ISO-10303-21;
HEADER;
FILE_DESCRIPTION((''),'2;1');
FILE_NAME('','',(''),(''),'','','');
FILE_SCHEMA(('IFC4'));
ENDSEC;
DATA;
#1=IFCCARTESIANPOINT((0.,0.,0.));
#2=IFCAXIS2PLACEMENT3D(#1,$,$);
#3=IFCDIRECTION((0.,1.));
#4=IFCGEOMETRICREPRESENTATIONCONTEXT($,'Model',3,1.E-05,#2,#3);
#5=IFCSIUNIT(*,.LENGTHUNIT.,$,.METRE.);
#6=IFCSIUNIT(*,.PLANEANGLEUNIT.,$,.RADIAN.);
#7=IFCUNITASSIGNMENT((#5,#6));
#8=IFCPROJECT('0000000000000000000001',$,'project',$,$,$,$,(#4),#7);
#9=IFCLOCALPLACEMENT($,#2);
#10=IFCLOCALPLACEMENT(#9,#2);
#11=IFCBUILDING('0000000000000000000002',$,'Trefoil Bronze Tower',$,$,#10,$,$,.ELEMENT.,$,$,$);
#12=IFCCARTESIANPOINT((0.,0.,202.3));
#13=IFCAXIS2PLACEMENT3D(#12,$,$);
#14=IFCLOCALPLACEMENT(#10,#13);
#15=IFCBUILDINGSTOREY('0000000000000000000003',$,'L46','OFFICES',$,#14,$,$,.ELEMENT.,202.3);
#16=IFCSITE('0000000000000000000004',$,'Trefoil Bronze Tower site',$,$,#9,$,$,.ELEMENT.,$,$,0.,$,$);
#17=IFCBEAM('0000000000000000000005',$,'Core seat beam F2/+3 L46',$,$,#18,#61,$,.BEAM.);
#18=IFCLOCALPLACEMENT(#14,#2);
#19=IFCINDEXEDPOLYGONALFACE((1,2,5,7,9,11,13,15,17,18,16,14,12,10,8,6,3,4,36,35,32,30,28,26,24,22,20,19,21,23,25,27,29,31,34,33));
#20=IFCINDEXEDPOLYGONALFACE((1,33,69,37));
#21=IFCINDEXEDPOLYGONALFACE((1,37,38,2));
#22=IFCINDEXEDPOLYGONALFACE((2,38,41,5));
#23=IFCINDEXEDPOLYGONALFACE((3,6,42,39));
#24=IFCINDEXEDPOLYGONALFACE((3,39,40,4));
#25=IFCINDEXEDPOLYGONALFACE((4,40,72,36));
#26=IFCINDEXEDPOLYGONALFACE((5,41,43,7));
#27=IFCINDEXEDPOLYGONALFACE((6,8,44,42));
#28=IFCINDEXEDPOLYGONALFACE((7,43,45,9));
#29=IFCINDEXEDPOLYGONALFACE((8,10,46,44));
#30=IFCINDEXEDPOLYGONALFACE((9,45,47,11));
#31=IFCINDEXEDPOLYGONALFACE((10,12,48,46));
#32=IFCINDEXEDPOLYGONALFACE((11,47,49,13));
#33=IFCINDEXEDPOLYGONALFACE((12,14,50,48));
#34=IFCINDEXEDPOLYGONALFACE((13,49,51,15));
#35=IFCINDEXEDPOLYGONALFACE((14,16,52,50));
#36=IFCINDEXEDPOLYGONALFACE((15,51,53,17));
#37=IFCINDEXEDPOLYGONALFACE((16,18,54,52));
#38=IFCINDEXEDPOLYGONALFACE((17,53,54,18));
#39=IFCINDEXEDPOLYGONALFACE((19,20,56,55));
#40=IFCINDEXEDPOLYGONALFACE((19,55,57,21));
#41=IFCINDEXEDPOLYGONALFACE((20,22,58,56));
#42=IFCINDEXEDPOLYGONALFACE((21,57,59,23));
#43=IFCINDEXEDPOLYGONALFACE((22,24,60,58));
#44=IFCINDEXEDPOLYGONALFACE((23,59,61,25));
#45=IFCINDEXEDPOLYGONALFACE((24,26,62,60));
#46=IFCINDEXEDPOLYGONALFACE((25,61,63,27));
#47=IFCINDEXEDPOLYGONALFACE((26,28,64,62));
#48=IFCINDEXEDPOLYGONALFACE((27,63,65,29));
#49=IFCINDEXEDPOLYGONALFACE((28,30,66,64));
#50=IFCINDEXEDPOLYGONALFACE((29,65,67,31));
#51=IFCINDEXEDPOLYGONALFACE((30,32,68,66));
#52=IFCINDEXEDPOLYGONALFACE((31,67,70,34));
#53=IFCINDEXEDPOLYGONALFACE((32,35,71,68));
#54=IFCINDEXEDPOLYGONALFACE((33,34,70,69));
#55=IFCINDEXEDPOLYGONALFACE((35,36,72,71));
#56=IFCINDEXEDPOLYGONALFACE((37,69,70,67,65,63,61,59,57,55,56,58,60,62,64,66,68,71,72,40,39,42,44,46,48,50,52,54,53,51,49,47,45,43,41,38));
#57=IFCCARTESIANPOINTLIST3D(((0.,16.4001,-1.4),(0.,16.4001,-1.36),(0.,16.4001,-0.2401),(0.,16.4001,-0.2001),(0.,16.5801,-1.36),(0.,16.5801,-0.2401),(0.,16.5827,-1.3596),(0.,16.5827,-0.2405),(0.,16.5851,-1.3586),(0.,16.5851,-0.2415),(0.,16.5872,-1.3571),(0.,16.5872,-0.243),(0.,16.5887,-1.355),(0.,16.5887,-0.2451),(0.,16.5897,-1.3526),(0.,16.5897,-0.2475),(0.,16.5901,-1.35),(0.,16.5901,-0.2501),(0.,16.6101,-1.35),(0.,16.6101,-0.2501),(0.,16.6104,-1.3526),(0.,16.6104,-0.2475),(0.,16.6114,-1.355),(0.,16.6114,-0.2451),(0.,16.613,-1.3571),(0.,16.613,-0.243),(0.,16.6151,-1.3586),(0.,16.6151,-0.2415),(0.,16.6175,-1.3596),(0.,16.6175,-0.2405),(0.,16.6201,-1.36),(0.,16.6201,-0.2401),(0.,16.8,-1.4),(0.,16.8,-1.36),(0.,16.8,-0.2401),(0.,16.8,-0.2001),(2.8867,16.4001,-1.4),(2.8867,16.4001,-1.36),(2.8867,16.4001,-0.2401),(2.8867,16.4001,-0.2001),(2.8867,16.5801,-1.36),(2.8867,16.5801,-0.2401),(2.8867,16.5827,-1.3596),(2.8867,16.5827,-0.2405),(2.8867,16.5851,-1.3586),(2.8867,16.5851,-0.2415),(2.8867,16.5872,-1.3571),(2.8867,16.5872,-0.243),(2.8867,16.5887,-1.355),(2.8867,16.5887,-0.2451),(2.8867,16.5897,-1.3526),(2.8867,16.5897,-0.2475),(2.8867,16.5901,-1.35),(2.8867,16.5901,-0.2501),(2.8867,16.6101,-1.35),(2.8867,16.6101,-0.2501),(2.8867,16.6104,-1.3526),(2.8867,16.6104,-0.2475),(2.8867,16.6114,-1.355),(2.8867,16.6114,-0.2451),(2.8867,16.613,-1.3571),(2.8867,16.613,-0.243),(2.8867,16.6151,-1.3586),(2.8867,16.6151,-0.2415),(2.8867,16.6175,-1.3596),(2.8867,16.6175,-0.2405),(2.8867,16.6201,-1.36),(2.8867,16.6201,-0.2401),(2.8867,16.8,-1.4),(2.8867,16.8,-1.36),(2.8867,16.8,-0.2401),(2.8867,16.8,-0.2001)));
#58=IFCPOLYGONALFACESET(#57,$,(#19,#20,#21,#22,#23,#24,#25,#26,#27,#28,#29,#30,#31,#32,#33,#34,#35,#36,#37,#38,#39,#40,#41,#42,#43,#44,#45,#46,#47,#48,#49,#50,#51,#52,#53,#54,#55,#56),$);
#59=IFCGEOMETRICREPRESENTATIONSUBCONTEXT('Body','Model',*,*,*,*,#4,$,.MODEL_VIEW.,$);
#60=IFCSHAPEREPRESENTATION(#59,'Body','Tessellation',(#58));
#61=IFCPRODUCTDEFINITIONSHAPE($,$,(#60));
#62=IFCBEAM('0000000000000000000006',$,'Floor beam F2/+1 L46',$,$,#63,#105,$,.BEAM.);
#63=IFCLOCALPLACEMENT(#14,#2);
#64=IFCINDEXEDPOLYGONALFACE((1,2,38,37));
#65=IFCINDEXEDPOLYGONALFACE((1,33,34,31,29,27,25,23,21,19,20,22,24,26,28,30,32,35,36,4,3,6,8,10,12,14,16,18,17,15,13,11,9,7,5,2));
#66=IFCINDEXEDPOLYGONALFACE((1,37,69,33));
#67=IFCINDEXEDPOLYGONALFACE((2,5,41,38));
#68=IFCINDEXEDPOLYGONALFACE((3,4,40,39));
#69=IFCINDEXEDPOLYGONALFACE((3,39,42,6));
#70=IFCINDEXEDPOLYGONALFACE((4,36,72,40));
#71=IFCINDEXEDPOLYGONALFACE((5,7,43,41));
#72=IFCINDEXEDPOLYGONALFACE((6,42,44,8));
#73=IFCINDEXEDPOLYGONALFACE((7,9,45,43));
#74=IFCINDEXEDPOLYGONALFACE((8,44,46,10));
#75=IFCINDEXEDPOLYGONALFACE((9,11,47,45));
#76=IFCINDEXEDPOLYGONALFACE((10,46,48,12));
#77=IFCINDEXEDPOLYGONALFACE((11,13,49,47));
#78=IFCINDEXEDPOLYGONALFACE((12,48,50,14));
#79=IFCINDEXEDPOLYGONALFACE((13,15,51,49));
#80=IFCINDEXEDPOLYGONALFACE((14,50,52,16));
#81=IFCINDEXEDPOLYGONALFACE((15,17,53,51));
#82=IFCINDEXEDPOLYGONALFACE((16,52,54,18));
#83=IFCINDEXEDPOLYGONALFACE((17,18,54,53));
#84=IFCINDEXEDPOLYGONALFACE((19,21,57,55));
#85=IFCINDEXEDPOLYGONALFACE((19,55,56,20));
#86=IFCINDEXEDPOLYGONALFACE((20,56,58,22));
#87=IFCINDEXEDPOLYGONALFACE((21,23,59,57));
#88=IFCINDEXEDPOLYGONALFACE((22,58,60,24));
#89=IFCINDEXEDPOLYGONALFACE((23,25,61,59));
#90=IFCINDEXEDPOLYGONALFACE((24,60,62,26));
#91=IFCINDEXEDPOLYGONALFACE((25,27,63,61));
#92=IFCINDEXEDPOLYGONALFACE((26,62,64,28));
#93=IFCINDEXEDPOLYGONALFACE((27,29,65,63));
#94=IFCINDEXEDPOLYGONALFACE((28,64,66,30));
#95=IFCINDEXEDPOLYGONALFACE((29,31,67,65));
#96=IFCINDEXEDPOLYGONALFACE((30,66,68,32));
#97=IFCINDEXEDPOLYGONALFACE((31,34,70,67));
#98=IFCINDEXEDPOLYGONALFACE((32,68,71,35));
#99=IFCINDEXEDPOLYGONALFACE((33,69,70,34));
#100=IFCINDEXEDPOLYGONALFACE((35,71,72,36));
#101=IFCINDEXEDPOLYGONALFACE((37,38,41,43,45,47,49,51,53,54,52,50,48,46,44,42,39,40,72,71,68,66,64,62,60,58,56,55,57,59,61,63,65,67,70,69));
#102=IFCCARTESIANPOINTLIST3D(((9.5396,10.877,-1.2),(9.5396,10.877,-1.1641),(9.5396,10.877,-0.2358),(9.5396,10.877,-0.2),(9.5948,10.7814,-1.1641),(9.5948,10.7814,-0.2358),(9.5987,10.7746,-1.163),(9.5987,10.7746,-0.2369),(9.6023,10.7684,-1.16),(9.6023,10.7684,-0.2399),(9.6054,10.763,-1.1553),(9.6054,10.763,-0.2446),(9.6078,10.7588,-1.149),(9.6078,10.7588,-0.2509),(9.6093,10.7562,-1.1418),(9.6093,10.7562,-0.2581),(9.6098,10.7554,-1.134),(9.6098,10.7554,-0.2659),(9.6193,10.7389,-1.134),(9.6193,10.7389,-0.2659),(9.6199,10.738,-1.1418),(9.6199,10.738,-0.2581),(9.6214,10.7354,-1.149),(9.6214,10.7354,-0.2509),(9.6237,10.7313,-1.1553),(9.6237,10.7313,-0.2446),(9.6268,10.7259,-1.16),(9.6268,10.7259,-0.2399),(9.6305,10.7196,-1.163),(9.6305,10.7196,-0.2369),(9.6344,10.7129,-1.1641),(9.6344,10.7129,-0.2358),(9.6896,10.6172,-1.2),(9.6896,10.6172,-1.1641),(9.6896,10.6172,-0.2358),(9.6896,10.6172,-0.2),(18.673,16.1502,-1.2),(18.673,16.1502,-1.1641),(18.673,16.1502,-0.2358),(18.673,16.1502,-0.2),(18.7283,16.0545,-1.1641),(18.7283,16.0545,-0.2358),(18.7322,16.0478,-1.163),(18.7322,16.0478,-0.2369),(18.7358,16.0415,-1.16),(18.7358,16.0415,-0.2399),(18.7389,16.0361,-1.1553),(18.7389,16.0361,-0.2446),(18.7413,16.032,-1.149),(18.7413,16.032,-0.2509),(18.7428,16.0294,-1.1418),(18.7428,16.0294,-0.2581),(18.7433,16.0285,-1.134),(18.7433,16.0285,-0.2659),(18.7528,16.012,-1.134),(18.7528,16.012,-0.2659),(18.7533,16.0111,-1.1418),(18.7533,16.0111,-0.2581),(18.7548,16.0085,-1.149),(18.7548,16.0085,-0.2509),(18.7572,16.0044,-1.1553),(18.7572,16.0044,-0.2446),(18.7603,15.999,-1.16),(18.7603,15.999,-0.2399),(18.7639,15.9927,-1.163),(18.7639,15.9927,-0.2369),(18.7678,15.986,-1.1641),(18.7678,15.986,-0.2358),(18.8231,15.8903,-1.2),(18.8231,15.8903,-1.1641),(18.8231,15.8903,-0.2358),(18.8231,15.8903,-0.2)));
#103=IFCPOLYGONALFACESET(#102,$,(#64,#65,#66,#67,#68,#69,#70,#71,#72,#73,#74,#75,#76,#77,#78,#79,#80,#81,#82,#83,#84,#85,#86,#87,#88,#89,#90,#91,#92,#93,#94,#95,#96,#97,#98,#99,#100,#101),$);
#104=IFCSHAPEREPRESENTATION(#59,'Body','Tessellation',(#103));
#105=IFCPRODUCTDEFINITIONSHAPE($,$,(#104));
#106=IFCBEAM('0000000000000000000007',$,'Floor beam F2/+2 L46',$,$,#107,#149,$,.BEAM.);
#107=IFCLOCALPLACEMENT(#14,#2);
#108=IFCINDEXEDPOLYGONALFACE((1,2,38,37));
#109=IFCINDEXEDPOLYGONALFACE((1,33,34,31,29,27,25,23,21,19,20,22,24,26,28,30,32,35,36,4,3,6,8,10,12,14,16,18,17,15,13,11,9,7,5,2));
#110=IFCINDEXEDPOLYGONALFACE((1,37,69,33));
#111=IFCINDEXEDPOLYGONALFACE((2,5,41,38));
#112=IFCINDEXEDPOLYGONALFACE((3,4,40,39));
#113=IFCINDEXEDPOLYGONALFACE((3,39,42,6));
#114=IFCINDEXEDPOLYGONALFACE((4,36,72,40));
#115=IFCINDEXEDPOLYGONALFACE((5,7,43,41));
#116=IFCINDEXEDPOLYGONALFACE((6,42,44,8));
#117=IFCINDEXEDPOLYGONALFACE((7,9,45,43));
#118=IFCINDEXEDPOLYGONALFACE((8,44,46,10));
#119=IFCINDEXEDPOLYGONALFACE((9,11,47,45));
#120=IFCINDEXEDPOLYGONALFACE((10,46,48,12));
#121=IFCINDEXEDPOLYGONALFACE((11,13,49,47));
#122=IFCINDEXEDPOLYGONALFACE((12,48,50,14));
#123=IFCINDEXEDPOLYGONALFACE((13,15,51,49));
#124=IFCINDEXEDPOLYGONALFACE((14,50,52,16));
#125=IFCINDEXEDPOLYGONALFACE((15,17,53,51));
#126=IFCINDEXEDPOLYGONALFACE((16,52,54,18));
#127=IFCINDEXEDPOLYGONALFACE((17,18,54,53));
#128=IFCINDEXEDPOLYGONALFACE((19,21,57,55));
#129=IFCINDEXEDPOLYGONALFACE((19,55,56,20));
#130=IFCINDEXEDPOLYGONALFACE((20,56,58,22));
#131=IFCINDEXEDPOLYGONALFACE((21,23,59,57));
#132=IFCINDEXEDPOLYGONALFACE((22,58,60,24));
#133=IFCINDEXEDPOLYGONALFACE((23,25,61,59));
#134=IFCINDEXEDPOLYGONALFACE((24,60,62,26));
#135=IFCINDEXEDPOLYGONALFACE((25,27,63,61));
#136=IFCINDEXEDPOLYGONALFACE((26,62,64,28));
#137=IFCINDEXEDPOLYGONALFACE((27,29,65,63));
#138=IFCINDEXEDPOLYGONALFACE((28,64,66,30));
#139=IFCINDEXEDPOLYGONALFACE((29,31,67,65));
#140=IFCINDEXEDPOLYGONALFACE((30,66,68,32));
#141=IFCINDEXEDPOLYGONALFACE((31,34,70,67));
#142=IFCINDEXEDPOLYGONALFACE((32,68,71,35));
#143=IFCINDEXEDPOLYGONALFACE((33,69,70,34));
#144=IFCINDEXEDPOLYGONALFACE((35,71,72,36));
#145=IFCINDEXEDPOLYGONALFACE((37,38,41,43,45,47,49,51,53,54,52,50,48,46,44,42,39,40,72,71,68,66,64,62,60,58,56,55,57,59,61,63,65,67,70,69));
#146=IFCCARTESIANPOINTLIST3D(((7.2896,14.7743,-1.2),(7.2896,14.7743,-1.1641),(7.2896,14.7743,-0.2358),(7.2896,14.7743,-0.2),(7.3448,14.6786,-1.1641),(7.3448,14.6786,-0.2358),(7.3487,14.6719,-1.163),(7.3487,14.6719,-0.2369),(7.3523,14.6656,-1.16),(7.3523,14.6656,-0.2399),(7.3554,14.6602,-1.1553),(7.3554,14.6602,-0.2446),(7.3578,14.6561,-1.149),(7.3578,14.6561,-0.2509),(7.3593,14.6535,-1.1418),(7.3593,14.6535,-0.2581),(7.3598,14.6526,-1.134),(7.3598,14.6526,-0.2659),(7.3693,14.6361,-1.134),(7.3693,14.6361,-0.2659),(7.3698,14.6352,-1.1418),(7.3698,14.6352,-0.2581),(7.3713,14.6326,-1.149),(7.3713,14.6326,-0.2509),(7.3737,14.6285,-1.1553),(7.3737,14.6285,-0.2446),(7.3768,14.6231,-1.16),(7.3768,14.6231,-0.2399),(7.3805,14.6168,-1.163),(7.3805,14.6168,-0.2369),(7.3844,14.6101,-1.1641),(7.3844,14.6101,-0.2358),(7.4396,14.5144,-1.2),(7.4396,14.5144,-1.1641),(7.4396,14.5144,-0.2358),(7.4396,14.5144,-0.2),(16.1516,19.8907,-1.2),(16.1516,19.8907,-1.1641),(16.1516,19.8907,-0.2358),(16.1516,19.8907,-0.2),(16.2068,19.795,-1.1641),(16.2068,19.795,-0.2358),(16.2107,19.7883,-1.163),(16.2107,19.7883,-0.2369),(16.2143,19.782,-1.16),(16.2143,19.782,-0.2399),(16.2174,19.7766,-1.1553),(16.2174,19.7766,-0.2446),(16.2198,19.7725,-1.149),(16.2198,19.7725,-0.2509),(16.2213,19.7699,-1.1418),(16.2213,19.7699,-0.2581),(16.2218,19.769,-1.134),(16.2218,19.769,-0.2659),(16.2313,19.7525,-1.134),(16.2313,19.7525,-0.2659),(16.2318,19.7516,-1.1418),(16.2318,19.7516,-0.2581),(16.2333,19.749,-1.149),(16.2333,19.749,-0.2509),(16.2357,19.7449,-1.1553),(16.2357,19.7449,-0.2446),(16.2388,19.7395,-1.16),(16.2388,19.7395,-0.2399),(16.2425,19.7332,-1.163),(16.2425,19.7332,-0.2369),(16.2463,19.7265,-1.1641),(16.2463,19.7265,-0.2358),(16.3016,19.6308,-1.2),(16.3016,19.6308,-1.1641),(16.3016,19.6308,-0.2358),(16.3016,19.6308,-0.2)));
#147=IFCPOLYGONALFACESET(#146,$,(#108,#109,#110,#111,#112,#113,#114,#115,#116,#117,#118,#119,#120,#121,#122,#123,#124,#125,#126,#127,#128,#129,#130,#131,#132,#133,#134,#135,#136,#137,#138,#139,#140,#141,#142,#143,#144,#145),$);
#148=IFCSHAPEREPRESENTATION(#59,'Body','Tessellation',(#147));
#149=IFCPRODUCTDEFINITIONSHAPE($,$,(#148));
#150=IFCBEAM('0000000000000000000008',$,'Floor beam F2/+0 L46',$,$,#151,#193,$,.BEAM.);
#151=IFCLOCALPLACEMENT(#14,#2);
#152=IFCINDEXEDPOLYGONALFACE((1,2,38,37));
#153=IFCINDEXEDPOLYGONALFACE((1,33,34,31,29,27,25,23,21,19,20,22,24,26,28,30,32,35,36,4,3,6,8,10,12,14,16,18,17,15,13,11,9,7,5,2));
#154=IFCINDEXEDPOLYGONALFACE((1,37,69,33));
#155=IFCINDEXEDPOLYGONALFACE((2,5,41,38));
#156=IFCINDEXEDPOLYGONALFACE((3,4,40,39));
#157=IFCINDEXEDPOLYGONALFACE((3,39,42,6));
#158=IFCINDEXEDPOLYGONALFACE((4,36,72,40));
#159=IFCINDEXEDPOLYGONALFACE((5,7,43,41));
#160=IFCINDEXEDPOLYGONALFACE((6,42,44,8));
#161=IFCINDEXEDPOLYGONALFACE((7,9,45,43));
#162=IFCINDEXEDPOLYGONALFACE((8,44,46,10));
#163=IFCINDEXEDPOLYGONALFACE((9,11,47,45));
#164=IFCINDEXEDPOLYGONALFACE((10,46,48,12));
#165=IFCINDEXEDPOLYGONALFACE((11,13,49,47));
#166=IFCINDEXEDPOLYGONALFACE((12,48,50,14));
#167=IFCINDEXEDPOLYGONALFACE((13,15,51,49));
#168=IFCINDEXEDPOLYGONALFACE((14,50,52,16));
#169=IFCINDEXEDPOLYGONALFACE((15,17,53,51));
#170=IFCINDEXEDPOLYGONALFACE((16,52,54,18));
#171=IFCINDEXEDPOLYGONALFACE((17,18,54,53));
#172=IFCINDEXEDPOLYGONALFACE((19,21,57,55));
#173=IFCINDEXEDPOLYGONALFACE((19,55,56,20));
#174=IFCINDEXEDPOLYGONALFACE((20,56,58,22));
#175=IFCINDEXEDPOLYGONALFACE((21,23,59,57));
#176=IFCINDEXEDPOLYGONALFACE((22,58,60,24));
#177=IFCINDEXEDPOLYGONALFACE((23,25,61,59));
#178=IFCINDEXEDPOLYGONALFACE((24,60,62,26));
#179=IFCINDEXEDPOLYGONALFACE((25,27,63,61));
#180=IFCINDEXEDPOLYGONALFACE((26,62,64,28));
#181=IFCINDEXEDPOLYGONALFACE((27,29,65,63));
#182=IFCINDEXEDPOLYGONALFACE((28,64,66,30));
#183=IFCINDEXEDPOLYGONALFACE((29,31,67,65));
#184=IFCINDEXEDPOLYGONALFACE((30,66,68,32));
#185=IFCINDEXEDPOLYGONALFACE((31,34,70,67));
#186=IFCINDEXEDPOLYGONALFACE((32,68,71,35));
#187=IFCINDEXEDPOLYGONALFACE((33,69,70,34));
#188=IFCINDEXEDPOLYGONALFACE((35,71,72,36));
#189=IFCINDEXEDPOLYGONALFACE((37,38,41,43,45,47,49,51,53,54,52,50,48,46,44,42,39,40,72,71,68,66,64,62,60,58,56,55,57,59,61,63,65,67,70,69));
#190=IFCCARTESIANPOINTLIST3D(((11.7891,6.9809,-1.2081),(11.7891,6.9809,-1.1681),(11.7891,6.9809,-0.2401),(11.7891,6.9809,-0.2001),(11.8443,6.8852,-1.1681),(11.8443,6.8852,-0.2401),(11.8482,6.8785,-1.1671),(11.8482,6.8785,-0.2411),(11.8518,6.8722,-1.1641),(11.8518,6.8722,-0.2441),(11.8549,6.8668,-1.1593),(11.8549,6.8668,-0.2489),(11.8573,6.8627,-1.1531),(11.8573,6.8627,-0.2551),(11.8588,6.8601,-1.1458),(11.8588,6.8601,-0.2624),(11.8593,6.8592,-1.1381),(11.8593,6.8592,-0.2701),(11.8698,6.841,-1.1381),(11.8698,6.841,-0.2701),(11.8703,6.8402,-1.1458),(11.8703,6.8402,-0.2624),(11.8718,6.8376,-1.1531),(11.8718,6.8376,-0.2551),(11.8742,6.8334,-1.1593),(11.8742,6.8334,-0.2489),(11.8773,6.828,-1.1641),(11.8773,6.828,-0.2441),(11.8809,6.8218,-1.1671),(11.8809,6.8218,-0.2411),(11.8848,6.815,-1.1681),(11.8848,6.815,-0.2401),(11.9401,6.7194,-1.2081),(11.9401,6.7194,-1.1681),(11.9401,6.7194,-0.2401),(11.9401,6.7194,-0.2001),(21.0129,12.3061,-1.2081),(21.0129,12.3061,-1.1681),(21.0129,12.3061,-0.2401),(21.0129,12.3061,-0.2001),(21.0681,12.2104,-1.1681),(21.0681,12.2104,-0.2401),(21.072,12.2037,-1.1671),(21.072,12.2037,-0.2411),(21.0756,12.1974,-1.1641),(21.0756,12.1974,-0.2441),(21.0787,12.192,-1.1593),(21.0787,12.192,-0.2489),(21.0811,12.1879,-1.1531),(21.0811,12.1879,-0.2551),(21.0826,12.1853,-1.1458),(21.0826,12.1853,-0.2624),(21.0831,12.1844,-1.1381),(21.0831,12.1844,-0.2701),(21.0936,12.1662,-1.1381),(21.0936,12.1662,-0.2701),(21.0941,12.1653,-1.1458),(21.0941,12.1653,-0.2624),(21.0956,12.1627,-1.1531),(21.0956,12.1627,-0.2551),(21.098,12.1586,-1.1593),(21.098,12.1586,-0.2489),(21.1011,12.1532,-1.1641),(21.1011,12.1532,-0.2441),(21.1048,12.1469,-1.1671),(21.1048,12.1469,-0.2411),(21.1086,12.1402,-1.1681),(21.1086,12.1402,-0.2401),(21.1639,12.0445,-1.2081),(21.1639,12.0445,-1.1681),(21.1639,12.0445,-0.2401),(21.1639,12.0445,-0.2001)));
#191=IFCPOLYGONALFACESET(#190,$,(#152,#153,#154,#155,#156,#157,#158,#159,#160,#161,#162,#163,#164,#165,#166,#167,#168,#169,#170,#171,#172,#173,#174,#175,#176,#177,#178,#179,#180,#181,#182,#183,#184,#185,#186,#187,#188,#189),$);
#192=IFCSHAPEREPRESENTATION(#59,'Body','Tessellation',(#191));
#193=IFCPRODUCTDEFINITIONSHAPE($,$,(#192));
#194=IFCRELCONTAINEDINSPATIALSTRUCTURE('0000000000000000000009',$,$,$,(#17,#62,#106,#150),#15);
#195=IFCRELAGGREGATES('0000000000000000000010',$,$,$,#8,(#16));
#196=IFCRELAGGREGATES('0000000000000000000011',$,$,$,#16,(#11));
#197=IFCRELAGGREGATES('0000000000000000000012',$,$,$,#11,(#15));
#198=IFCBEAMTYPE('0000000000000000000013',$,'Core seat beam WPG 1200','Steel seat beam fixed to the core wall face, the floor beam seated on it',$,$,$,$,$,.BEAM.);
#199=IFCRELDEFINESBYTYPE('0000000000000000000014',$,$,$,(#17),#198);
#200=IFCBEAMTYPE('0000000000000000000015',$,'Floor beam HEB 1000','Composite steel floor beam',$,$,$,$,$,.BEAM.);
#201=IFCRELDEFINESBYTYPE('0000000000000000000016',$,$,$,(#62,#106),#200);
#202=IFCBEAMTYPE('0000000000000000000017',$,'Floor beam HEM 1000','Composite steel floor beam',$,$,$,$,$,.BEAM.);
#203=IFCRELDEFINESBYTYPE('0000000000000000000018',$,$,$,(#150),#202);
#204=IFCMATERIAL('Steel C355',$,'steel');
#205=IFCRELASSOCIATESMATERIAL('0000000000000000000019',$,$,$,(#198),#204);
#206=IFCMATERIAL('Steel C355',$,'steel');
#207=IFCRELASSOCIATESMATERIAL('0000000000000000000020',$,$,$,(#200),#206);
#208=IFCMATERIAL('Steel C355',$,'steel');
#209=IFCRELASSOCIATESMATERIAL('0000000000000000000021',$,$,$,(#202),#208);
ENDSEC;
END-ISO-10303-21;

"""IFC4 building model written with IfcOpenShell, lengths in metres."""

from ifc_helpers import new_model, si_unit, direction, frame, origin, origin_2d, place, context, subcontext, project, spatial, i_section, extrude, material, material_profile, profile_set, type_object, element, save


model = new_model("IFC4")

# Units and contexts
model_context = context("Model", 3, precision=1e-05, world=origin(), true_north=direction((0.0, 1.0)))
body_context = subcontext(model_context, "Body", "Model", "MODEL_VIEW")
ifc_project = project(units=[si_unit("LENGTHUNIT", "METRE"), si_unit("PLANEANGLEUNIT", "RADIAN")], contexts=[model_context])

# Site, building, storey
site_placement = place(None, origin())
site = spatial("IfcSite", under=ifc_project, at=site_placement, Name="Trefoil Bronze Tower site", CompositionType="ELEMENT", RefElevation=0.0)
building_placement = place(site_placement, origin())
building = spatial("IfcBuilding", under=site, at=building_placement, Name="Trefoil Bronze Tower", CompositionType="ELEMENT")
storey_placement = place(building_placement, frame((0.0, 0.0, 202.3)))
storey = spatial("IfcBuildingStorey", under=building, at=storey_placement, Name="L46", Description="OFFICES", CompositionType="ELEMENT", Elevation=202.3)

# Beams
ifc_material_1 = material(Name="Steel C355", Category="steel")
ifc_material_profile_1 = material_profile(ifc_material_1, i_section(OverallWidth=0.3999, OverallDepth=1.2, WebThickness=0.02, FlangeThickness=0.04, FilletRadius=0.01, at=origin_2d()), Name="WPG 1200")
ifc_profile_set_1 = profile_set([ifc_material_profile_1], Name="Steel C355")
beam_type_1 = type_object("IfcBeamType", Name="Core seat beam WPG 1200", Description="Steel seat beam fixed to the core wall face, the floor beam seated on it", PredefinedType="BEAM", material=ifc_profile_set_1)
beam_1_placement = place(storey_placement, frame((2.8867, 16.6001, -0.8), z_axis=(-1.0, 0.0, 0.0), x_axis=(0.0, -1.0, 0.0)))
element("IfcBeam", 1, at=beam_1_placement, inside=storey, type_object=beam_type_1, Name="Core seat beam F2/+3 L46", PredefinedType="BEAM", context=body_context, shape_type="SweptSolid", body=[
    extrude(i_section(OverallWidth=0.3999, OverallDepth=1.2, WebThickness=0.02, FlangeThickness=0.04, FilletRadius=0.01, at=origin_2d()), origin(), (0.0, 0.0, 1.0), 2.8867),
])
ifc_material_2 = material(Name="Steel C355", Category="steel")
ifc_material_profile_2 = material_profile(ifc_material_2, i_section(OverallWidth=0.3, OverallDepth=1.0, WebThickness=0.019, FlangeThickness=0.0359, FilletRadius=0.03, at=origin_2d()), Name="HEB 1000")
ifc_profile_set_2 = profile_set([ifc_material_profile_2], Name="Steel C355")
beam_type_2 = type_object("IfcBeamType", Name="Floor beam HEB 1000", Description="Composite steel floor beam", PredefinedType="BEAM", material=ifc_profile_set_2)
beam_2_placement = place(storey_placement, frame((18.748, 16.0203, -0.7), z_axis=(-0.866028, -0.499996, 0.0), x_axis=(0.499996, -0.866028, 0.0)))
element("IfcBeam", 2, at=beam_2_placement, inside=storey, type_object=beam_type_2, Name="Floor beam F2/+1 L46", PredefinedType="BEAM", context=body_context, shape_type="SweptSolid", body=[
    extrude(i_section(OverallWidth=0.3, OverallDepth=1.0, WebThickness=0.019, FlangeThickness=0.0359, FilletRadius=0.03, at=origin_2d()), origin(), (0.0, 0.0, 1.0), 10.5464),
])
beam_3_placement = place(storey_placement, frame((16.2266, 19.7607, -0.7), z_axis=(-0.866028, -0.499996, 0.0), x_axis=(0.499996, -0.866028, 0.0)))
element("IfcBeam", 3, at=beam_3_placement, inside=storey, type_object=beam_type_2, Name="Floor beam F2/+2 L46", PredefinedType="BEAM", context=body_context, shape_type="SweptSolid", body=[
    extrude(i_section(OverallWidth=0.3, OverallDepth=1.0, WebThickness=0.019, FlangeThickness=0.0359, FilletRadius=0.03, at=origin_2d()), origin(), (0.0, 0.0, 1.0), 10.2329),
])
ifc_material_3 = material(Name="Steel C355", Category="steel")
ifc_material_profile_3 = material_profile(ifc_material_3, i_section(OverallWidth=0.302, OverallDepth=1.0081, WebThickness=0.021, FlangeThickness=0.04, FilletRadius=0.03, at=origin_2d()), Name="HEM 1000")
ifc_profile_set_3 = profile_set([ifc_material_profile_3], Name="Steel C355")
beam_type_3 = type_object("IfcBeamType", Name="Floor beam HEM 1000", Description="Composite steel floor beam", PredefinedType="BEAM", material=ifc_profile_set_3)
beam_4_placement = place(storey_placement, frame((21.0884, 12.1753, -0.7041), z_axis=(-0.866034, -0.499985, 0.0), x_axis=(0.499985, -0.866034, 0.0)))
element("IfcBeam", 4, at=beam_4_placement, inside=storey, type_object=beam_type_3, Name="Floor beam F2/+0 L46", PredefinedType="BEAM", context=body_context, shape_type="SweptSolid", body=[
    extrude(i_section(OverallWidth=0.302, OverallDepth=1.0081, WebThickness=0.021, FlangeThickness=0.04, FilletRadius=0.03, at=origin_2d()), origin(), (0.0, 0.0, 1.0), 10.6506),
])

save(model, "model.ifc")
